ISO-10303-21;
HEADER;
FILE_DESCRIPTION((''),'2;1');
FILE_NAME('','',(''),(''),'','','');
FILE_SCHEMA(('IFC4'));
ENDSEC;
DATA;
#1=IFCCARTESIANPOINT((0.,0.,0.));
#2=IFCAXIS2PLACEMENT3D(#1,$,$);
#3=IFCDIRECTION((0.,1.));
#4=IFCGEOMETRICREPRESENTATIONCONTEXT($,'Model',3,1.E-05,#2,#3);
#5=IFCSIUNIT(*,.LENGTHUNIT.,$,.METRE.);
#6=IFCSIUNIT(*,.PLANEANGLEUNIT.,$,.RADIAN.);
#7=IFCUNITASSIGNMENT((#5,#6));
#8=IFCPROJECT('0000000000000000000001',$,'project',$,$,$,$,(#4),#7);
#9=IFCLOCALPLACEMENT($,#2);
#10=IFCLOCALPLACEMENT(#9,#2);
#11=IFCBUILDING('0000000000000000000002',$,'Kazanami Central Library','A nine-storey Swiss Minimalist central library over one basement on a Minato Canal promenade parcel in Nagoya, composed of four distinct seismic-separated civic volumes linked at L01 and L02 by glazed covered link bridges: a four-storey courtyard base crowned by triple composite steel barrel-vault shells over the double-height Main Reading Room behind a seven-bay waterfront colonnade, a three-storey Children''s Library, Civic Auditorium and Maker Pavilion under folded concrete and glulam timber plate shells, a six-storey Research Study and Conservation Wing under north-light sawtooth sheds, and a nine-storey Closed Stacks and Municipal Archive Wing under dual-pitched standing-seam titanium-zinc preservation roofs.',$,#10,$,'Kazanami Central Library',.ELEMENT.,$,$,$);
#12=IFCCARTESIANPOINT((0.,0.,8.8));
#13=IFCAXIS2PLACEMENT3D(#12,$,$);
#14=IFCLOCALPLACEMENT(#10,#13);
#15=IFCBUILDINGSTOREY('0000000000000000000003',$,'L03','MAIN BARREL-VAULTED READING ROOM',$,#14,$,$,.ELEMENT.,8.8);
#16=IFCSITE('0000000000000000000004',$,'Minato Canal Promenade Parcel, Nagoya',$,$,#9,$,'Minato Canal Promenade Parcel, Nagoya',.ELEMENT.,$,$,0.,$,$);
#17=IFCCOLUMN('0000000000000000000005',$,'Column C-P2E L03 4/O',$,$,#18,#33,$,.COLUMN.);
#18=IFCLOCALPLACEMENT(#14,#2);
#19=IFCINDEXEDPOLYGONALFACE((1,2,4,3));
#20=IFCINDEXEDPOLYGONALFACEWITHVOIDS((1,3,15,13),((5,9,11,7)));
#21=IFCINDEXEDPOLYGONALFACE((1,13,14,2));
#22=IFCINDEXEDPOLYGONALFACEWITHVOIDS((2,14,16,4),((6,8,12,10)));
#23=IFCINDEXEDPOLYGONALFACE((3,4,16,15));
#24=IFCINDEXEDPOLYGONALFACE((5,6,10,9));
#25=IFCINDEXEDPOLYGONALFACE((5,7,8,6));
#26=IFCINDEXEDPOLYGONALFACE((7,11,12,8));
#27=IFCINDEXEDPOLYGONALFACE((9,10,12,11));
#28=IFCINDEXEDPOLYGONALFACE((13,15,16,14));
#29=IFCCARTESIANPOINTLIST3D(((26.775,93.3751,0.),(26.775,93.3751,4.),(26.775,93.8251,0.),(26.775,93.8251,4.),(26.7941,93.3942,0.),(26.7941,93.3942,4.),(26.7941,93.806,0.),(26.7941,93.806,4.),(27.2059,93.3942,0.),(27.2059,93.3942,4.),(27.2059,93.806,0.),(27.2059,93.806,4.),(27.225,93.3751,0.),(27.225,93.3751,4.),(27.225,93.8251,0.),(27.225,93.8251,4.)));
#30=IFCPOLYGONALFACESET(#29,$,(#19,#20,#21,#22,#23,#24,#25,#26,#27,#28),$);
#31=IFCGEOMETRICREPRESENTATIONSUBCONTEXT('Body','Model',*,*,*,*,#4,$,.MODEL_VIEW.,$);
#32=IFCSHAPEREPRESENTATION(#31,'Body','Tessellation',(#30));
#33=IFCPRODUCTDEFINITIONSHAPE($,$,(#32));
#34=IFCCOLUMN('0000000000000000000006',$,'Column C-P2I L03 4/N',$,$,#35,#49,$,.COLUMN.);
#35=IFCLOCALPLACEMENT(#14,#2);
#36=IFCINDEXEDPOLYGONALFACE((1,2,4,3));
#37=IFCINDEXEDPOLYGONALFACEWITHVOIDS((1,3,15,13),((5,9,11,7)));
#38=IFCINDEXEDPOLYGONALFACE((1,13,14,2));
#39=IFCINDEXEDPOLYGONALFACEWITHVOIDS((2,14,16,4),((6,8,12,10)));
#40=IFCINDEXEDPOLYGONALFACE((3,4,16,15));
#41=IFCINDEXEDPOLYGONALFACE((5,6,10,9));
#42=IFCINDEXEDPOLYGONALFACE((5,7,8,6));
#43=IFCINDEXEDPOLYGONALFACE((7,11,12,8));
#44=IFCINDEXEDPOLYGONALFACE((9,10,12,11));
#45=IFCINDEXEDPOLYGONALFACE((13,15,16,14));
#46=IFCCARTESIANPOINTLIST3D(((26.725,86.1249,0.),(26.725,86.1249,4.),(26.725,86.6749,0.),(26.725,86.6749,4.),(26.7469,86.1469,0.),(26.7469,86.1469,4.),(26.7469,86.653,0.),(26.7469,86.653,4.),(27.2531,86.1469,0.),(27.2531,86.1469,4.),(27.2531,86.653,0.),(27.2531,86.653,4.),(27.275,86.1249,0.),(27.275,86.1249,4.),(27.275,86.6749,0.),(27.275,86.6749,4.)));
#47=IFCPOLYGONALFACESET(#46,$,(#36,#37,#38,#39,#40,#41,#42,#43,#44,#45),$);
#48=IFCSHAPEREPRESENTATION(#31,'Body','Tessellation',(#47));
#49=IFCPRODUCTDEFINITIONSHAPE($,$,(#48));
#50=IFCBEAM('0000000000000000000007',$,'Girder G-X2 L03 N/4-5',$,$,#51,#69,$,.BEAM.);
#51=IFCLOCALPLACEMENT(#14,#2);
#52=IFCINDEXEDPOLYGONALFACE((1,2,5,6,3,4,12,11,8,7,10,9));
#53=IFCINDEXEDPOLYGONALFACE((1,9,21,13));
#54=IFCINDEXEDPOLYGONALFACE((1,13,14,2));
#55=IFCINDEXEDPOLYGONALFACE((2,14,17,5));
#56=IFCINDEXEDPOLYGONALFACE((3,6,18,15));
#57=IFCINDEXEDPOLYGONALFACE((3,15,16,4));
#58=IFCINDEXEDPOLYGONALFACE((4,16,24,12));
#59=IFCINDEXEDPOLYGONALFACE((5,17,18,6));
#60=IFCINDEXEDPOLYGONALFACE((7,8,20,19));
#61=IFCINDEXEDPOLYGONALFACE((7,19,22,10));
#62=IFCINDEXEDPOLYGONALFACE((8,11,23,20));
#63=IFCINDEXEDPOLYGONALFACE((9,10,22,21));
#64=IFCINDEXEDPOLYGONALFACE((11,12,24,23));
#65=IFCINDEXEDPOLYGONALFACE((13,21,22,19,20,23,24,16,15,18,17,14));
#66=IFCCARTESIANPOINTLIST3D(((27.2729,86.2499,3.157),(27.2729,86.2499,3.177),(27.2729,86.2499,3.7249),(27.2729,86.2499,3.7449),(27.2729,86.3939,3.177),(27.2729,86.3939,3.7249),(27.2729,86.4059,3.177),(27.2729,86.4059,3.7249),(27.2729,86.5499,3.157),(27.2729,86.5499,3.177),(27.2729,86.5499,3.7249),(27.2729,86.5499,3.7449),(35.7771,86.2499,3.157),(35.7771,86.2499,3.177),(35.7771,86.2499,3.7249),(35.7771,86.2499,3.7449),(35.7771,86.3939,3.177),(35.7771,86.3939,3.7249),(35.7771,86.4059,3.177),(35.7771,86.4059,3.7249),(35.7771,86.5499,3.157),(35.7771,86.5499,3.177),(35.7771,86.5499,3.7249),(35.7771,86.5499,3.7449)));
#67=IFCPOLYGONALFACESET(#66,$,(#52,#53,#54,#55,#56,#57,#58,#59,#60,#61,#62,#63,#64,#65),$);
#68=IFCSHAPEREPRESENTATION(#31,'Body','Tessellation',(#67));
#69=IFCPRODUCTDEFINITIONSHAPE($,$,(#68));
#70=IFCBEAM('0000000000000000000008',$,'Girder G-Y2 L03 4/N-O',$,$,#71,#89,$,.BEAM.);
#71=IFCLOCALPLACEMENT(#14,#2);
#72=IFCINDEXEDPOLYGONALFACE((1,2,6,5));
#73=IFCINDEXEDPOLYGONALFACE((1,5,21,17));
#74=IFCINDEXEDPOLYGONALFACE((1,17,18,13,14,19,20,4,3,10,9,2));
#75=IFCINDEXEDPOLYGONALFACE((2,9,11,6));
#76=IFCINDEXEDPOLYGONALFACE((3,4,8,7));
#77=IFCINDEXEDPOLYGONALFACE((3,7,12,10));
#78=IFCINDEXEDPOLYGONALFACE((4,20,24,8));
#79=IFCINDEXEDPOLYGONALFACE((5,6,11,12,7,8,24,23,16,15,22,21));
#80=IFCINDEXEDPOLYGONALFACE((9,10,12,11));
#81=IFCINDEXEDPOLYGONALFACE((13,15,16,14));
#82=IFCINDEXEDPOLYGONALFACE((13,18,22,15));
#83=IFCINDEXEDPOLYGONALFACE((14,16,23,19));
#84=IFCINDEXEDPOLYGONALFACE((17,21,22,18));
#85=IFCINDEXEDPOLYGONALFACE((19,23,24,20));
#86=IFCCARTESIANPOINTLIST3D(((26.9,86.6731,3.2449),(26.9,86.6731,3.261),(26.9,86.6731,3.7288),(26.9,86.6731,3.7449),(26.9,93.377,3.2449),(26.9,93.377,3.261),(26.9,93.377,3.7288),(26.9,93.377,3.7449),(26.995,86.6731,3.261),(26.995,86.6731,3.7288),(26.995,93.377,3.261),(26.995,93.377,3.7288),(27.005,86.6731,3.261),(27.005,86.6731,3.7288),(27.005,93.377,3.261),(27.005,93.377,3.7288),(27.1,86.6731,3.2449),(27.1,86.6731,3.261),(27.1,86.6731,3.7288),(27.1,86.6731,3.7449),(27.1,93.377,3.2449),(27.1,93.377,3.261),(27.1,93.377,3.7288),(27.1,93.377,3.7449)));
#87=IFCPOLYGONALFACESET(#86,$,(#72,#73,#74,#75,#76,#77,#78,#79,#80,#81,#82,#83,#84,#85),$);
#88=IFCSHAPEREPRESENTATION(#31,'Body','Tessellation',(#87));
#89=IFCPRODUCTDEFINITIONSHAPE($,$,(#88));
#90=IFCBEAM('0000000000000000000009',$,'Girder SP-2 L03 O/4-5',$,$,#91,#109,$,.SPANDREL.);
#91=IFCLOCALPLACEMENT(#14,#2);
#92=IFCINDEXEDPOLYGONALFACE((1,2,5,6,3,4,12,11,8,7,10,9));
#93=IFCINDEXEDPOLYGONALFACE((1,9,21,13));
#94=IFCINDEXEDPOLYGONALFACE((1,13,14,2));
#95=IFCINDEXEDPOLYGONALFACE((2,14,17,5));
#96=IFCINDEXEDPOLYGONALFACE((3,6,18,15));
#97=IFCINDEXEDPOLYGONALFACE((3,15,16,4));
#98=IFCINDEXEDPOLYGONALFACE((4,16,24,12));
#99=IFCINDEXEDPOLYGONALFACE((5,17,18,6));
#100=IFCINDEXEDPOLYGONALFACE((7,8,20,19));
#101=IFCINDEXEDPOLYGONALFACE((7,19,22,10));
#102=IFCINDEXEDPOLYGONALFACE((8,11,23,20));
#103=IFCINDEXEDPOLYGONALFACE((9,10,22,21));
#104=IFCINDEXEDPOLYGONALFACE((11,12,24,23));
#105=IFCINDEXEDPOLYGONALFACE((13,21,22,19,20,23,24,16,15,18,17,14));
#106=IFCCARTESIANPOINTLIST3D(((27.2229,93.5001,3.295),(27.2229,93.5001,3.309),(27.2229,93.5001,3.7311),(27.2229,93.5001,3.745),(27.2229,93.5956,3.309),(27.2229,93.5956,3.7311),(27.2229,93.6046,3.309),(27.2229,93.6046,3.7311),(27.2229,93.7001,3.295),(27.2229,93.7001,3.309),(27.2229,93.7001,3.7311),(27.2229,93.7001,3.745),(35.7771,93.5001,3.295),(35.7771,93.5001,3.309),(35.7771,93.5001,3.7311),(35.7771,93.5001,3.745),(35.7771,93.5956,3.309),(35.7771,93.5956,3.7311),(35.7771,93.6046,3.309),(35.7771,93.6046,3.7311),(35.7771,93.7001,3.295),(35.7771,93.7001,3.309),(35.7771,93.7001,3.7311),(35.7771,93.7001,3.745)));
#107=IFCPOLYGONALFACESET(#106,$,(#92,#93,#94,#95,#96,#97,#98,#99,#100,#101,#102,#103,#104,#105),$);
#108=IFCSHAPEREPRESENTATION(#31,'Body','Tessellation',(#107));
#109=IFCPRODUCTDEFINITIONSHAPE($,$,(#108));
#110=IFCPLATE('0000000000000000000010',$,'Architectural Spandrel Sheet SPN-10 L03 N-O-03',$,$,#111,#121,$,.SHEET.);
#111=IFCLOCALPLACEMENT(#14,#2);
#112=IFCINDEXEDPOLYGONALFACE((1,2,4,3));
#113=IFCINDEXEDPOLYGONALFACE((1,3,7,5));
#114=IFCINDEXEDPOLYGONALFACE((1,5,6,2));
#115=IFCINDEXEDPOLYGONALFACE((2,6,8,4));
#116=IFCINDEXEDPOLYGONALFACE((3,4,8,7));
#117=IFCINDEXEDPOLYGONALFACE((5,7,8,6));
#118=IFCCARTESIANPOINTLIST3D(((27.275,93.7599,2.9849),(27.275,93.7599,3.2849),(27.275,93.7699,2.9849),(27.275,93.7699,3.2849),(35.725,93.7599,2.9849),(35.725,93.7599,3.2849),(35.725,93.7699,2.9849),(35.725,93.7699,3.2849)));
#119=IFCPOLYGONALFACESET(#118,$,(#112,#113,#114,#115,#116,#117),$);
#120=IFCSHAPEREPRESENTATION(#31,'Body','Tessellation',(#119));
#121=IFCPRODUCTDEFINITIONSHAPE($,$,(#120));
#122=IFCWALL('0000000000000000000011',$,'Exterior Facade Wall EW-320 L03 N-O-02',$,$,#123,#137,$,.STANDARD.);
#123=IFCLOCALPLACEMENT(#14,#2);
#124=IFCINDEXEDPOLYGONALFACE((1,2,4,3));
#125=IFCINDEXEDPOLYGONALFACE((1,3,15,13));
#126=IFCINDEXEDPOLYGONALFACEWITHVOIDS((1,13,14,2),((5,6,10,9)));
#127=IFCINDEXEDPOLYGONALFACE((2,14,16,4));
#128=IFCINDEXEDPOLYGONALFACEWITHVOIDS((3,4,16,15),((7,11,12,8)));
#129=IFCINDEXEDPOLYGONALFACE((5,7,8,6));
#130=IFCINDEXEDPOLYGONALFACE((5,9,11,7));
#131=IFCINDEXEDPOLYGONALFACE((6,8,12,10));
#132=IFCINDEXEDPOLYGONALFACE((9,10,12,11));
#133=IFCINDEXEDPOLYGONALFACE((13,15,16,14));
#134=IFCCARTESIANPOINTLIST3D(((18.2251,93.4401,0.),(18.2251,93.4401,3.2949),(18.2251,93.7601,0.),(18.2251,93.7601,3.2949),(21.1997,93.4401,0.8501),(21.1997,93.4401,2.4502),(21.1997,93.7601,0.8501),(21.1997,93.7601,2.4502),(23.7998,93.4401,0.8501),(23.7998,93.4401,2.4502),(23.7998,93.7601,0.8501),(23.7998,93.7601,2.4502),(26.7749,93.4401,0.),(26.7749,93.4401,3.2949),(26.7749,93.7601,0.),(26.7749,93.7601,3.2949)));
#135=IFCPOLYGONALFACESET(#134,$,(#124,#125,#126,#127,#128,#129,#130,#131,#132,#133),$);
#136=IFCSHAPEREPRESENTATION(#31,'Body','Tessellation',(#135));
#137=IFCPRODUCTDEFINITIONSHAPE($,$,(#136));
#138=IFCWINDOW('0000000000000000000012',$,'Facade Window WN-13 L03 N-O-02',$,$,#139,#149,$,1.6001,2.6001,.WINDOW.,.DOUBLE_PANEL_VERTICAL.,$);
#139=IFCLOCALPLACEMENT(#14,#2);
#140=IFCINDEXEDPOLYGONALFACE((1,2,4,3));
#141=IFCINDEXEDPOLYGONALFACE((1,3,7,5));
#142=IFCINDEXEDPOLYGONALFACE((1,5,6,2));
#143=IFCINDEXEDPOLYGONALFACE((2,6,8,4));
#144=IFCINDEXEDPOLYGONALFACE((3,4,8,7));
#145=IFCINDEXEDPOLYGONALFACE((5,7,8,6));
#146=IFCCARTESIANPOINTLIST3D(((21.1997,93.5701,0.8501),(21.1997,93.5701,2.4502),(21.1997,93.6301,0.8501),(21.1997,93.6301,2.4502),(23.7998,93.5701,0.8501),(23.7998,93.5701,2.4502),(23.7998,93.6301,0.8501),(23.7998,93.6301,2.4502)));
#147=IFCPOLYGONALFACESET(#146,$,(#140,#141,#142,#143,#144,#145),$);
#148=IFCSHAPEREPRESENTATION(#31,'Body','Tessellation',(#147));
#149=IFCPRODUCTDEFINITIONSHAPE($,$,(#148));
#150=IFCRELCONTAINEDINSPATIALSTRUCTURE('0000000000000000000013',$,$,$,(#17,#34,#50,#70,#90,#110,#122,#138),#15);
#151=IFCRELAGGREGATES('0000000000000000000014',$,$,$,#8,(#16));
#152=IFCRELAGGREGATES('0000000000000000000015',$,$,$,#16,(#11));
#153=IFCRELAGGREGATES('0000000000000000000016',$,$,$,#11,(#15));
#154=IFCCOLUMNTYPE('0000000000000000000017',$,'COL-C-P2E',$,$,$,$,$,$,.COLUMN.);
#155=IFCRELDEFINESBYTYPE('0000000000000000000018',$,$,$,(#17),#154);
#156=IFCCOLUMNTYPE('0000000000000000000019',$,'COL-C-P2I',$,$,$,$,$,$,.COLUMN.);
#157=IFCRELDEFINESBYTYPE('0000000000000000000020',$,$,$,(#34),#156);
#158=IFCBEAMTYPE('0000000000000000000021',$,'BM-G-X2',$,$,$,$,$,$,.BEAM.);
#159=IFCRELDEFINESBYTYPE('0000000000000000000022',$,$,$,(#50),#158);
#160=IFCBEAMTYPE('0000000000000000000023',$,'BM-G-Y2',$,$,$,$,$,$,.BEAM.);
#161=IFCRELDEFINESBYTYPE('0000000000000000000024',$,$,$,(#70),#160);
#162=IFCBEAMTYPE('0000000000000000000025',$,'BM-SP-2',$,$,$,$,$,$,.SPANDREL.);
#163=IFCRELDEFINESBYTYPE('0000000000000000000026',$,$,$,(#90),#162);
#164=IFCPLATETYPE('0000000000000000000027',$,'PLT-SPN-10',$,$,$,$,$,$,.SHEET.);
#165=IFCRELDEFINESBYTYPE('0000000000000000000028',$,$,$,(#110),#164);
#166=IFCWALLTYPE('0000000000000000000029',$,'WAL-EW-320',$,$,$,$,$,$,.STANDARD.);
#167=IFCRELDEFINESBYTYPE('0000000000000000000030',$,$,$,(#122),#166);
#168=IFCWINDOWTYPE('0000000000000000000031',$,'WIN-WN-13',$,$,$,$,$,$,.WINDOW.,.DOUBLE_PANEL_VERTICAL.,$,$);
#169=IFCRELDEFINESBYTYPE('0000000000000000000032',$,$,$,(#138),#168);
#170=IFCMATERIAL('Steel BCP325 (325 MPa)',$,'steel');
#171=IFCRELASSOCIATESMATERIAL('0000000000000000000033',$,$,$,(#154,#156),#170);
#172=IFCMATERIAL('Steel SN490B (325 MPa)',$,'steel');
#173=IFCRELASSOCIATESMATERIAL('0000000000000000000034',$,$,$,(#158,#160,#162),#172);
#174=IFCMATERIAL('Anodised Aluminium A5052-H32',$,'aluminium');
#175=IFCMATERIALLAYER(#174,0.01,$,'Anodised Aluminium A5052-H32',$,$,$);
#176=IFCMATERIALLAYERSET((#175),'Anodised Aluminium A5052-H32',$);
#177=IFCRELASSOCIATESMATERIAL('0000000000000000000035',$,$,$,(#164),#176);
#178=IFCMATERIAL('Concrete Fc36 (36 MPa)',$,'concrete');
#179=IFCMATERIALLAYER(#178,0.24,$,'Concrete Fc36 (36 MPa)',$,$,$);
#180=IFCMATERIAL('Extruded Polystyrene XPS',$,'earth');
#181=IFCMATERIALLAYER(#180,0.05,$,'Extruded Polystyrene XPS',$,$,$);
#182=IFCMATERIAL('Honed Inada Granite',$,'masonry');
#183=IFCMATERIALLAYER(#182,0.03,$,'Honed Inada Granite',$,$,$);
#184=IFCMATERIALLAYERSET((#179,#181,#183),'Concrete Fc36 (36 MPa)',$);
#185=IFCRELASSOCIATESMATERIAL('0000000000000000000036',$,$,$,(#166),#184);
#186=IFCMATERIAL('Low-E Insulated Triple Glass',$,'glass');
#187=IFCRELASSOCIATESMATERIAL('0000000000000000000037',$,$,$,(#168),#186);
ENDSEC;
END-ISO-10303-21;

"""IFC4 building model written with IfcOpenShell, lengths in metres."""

from ifc_helpers import new_model, si_unit, direction, frame, frame_2d, origin, origin_2d, place, context, subcontext, project, spatial, rectangle, hollow_rectangle, i_section, extrude, material, layer, layer_set, material_profile, profile_set, type_object, element, fill, save


model = new_model("IFC4")

# Units and contexts
model_context = context("Model", 3, precision=1e-05, world=origin(), true_north=direction((0.0, 1.0)))
body_context = subcontext(model_context, "Body", "Model", "MODEL_VIEW")
ifc_project = project(units=[si_unit("LENGTHUNIT", "METRE"), si_unit("PLANEANGLEUNIT", "RADIAN")], contexts=[model_context])

# Site, building, storey
site_placement = place(None, origin())
site = spatial("IfcSite", under=ifc_project, at=site_placement, Name="Minato Canal Promenade Parcel, Nagoya", LongName="Minato Canal Promenade Parcel, Nagoya", CompositionType="ELEMENT", RefElevation=0.0)
building_placement = place(site_placement, origin())
building = spatial("IfcBuilding", under=site, at=building_placement, Name="Kazanami Central Library", Description="A nine-storey Swiss Minimalist central library over one basement on a Minato Canal promenade parcel in Nagoya, composed of four distinct seismic-separated civic volumes linked at L01 and L02 by glazed covered link bridges: a four-storey courtyard base crowned by triple composite steel barrel-vault shells over the double-height Main Reading Room behind a seven-bay waterfront colonnade, a three-storey Children's Library, Civic Auditorium and Maker Pavilion under folded concrete and glulam timber plate shells, a six-storey Research Study and Conservation Wing under north-light sawtooth sheds, and a nine-storey Closed Stacks and Municipal Archive Wing under dual-pitched standing-seam titanium-zinc preservation roofs.", LongName="Kazanami Central Library", CompositionType="ELEMENT")
storey_placement = place(building_placement, frame((0.0, 0.0, 8.8)))
storey = spatial("IfcBuildingStorey", under=building, at=storey_placement, Name="L03", Description="MAIN BARREL-VAULTED READING ROOM", CompositionType="ELEMENT", Elevation=8.8)

# Columns
ifc_material_1 = material(Name="Steel BCP325 (325 MPa)", Category="steel")
ifc_material_profile_1 = material_profile(ifc_material_1, hollow_rectangle(XDim=0.45, YDim=0.45, WallThickness=0.019, at=origin_2d()), Name="BCP-450x450x19")
ifc_profile_set_1 = profile_set([ifc_material_profile_1], Name="Steel BCP325 (325 MPa)")
column_type_1 = type_object("IfcColumnType", Name="COL-C-P2E", PredefinedType="COLUMN", material=ifc_profile_set_1)
column_1_placement = place(storey_placement, frame((27.0, 93.6001, 0.0), z_axis=(0.0, 0.0, 1.0), x_axis=(1.0, 0.0, 0.0)))
element("IfcColumn", 1, at=column_1_placement, inside=storey, type_object=column_type_1, Name="Column C-P2E L03 4/O", PredefinedType="COLUMN", context=body_context, shape_type="SweptSolid", body=[
    extrude(hollow_rectangle(XDim=0.45, YDim=0.45, WallThickness=0.019, at=origin_2d()), origin(), (0.0, 0.0, 1.0), 4.0),
])
ifc_material_profile_2 = material_profile(ifc_material_1, hollow_rectangle(XDim=0.55, YDim=0.55, WallThickness=0.022, at=origin_2d()), Name="BCP-550x550x22")
ifc_profile_set_2 = profile_set([ifc_material_profile_2], Name="Steel BCP325 (325 MPa)")
column_type_2 = type_object("IfcColumnType", Name="COL-C-P2I", PredefinedType="COLUMN", material=ifc_profile_set_2)
column_2_placement = place(storey_placement, frame((27.0, 86.3999, 0.0), z_axis=(0.0, 0.0, 1.0), x_axis=(1.0, 0.0, 0.0)))
element("IfcColumn", 2, at=column_2_placement, inside=storey, type_object=column_type_2, Name="Column C-P2I L03 4/N", PredefinedType="COLUMN", context=body_context, shape_type="SweptSolid", body=[
    extrude(hollow_rectangle(XDim=0.55, YDim=0.55, WallThickness=0.022, at=origin_2d()), origin(), (0.0, 0.0, 1.0), 4.0),
])

# Beams
ifc_material_2 = material(Name="Steel SN490B (325 MPa)", Category="steel")
ifc_material_profile_3 = material_profile(ifc_material_2, i_section(OverallWidth=0.3, OverallDepth=0.5879, WebThickness=0.012, FlangeThickness=0.02, at=origin_2d()), Name="H-588x300x12x20")
ifc_profile_set_3 = profile_set([ifc_material_profile_3], Name="Steel SN490B (325 MPa)")
beam_type_1 = type_object("IfcBeamType", Name="BM-G-X2", PredefinedType="BEAM", material=ifc_profile_set_3)
beam_1_placement = place(storey_placement, frame((27.2729, 86.3999, 3.4509), z_axis=(1.0, 0.0, 0.0), x_axis=(0.0, 1.0, 0.0)))
element("IfcBeam", 3, at=beam_1_placement, inside=storey, type_object=beam_type_1, Name="Girder G-X2 L03 N/4-5", PredefinedType="BEAM", context=body_context, shape_type="SweptSolid", body=[
    extrude(i_section(OverallWidth=0.3, OverallDepth=0.5879, WebThickness=0.012, FlangeThickness=0.02, at=origin_2d()), origin(), (0.0, 0.0, 1.0), 8.5042),
])
ifc_material_profile_4 = material_profile(ifc_material_2, i_section(OverallWidth=0.2, OverallDepth=0.5, WebThickness=0.01, FlangeThickness=0.0161, at=origin_2d()), Name="H-500x200x10x16")
ifc_profile_set_4 = profile_set([ifc_material_profile_4], Name="Steel SN490B (325 MPa)")
beam_type_2 = type_object("IfcBeamType", Name="BM-G-Y2", PredefinedType="BEAM", material=ifc_profile_set_4)
beam_2_placement = place(storey_placement, frame((27.0, 86.6731, 3.4949), z_axis=(0.0, 1.0, 0.0), x_axis=(-1.0, 0.0, 0.0)))
element("IfcBeam", 4, at=beam_2_placement, inside=storey, type_object=beam_type_2, Name="Girder G-Y2 L03 4/N-O", PredefinedType="BEAM", context=body_context, shape_type="SweptSolid", body=[
    extrude(i_section(OverallWidth=0.2, OverallDepth=0.5, WebThickness=0.01, FlangeThickness=0.0161, at=origin_2d()), origin(), (0.0, 0.0, 1.0), 6.7039),
])
ifc_material_profile_5 = material_profile(ifc_material_2, i_section(OverallWidth=0.2, OverallDepth=0.45, WebThickness=0.009, FlangeThickness=0.0139, at=origin_2d()), Name="H-450x200x9x14")
ifc_profile_set_5 = profile_set([ifc_material_profile_5], Name="Steel SN490B (325 MPa)")
beam_type_3 = type_object("IfcBeamType", Name="BM-SP-2", PredefinedType="SPANDREL", material=ifc_profile_set_5)
beam_3_placement = place(storey_placement, frame((27.2229, 93.6001, 3.52), z_axis=(1.0, 0.0, 0.0), x_axis=(0.0, 1.0, 0.0)))
element("IfcBeam", 5, at=beam_3_placement, inside=storey, type_object=beam_type_3, Name="Girder SP-2 L03 O/4-5", PredefinedType="SPANDREL", context=body_context, shape_type="SweptSolid", body=[
    extrude(i_section(OverallWidth=0.2, OverallDepth=0.45, WebThickness=0.009, FlangeThickness=0.0139, at=origin_2d()), origin(), (0.0, 0.0, 1.0), 8.5542),
])

# Plate
ifc_material_3 = material(Name="Anodised Aluminium A5052-H32", Category="aluminium")
ifc_layer_1 = layer(ifc_material_3, 0.01, Name="Anodised Aluminium A5052-H32")
ifc_layer_set_1 = layer_set([ifc_layer_1], Name="Anodised Aluminium A5052-H32")
plate_type = type_object("IfcPlateType", Name="PLT-SPN-10", PredefinedType="SHEET", material=ifc_layer_set_1)
plate_placement = place(storey_placement, frame((31.5, 93.7649, 2.9849), z_axis=(0.0, 0.0, 1.0), x_axis=(-1.0, 0.0, 0.0)))
element("IfcPlate", 6, at=plate_placement, inside=storey, type_object=plate_type, Name="Architectural Spandrel Sheet SPN-10 L03 N-O-03", PredefinedType="SHEET", context=body_context, shape_type="SweptSolid", body=[
    extrude(rectangle(XDim=8.45, YDim=0.01, at=origin_2d()), origin(), (0.0, 0.0, 1.0), 0.3),
])

# Wall, opening, window
ifc_material_4 = material(Name="Concrete Fc36 (36 MPa)", Category="concrete")
ifc_layer_2 = layer(ifc_material_4, 0.24, Name="Concrete Fc36 (36 MPa)")
ifc_material_5 = material(Name="Extruded Polystyrene XPS", Category="earth")
ifc_layer_3 = layer(ifc_material_5, 0.05, Name="Extruded Polystyrene XPS")
ifc_material_6 = material(Name="Honed Inada Granite", Category="masonry")
ifc_layer_4 = layer(ifc_material_6, 0.03, Name="Honed Inada Granite")
ifc_layer_set_2 = layer_set([ifc_layer_2, ifc_layer_3, ifc_layer_4], Name="Concrete Fc36 (36 MPa)")
wall_type_1 = type_object("IfcWallType", Name="WAL-EW-320", PredefinedType="STANDARD", material=ifc_layer_set_2)
wall_1_placement = place(storey_placement, frame((26.7749, 93.6001, 0.0), z_axis=(0.0, 0.0, 1.0), x_axis=(-1.0, 0.0, 0.0)))
wall_1 = element("IfcWall", 7, at=wall_1_placement, inside=storey, type_object=wall_type_1, Name="Exterior Facade Wall EW-320 L03 N-O-02", PredefinedType="STANDARD", context=body_context, shape_type="SweptSolid", body=[
    extrude(rectangle(XDim=8.5498, YDim=0.3201, at=frame_2d((4.2749, 0.0))), origin(), (0.0, 0.0, 1.0), 3.2949),
])
opening_1_placement = place(wall_1_placement, frame((2.9751, 0.0, 0.8501)))
opening_1 = element("IfcOpeningElement", 8, at=opening_1_placement, cuts=wall_1, PredefinedType="OPENING", context=body_context, shape_type="SweptSolid", body=[
    extrude(rectangle(XDim=2.6001, YDim=1.6001, at=frame_2d((1.3, 0.8))), frame((0.0, 0.1719, 0.0), z_axis=(0.0, -1.0, 0.0), x_axis=(1.0, 0.0, 0.0)), (0.0, 0.0, 1.0), 0.344),
])
ifc_material_7 = material(Name="Low-E Insulated Triple Glass", Category="glass")
window_type = type_object("IfcWindowType", Name="WIN-WN-13", PartitioningType="DOUBLE_PANEL_VERTICAL", PredefinedType="WINDOW", material=ifc_material_7)
window_1_placement = place(opening_1_placement, origin())
window_1 = element("IfcWindow", 9, at=window_1_placement, inside=storey, type_object=window_type, Name="Facade Window WN-13 L03 N-O-02", OverallHeight=1.6001, OverallWidth=2.6001, PartitioningType="DOUBLE_PANEL_VERTICAL", PredefinedType="WINDOW", context=body_context, shape_type="SweptSolid", body=[
    extrude(rectangle(XDim=2.6001, YDim=1.6001, at=frame_2d((1.3, 0.8))), frame((0.0, 0.03, 0.0), z_axis=(0.0, -1.0, 0.0), x_axis=(1.0, 0.0, 0.0)), (0.0, 0.0, 1.0), 0.0601),
])
fill(opening_1, window_1)

save(model, "model.ifc")
